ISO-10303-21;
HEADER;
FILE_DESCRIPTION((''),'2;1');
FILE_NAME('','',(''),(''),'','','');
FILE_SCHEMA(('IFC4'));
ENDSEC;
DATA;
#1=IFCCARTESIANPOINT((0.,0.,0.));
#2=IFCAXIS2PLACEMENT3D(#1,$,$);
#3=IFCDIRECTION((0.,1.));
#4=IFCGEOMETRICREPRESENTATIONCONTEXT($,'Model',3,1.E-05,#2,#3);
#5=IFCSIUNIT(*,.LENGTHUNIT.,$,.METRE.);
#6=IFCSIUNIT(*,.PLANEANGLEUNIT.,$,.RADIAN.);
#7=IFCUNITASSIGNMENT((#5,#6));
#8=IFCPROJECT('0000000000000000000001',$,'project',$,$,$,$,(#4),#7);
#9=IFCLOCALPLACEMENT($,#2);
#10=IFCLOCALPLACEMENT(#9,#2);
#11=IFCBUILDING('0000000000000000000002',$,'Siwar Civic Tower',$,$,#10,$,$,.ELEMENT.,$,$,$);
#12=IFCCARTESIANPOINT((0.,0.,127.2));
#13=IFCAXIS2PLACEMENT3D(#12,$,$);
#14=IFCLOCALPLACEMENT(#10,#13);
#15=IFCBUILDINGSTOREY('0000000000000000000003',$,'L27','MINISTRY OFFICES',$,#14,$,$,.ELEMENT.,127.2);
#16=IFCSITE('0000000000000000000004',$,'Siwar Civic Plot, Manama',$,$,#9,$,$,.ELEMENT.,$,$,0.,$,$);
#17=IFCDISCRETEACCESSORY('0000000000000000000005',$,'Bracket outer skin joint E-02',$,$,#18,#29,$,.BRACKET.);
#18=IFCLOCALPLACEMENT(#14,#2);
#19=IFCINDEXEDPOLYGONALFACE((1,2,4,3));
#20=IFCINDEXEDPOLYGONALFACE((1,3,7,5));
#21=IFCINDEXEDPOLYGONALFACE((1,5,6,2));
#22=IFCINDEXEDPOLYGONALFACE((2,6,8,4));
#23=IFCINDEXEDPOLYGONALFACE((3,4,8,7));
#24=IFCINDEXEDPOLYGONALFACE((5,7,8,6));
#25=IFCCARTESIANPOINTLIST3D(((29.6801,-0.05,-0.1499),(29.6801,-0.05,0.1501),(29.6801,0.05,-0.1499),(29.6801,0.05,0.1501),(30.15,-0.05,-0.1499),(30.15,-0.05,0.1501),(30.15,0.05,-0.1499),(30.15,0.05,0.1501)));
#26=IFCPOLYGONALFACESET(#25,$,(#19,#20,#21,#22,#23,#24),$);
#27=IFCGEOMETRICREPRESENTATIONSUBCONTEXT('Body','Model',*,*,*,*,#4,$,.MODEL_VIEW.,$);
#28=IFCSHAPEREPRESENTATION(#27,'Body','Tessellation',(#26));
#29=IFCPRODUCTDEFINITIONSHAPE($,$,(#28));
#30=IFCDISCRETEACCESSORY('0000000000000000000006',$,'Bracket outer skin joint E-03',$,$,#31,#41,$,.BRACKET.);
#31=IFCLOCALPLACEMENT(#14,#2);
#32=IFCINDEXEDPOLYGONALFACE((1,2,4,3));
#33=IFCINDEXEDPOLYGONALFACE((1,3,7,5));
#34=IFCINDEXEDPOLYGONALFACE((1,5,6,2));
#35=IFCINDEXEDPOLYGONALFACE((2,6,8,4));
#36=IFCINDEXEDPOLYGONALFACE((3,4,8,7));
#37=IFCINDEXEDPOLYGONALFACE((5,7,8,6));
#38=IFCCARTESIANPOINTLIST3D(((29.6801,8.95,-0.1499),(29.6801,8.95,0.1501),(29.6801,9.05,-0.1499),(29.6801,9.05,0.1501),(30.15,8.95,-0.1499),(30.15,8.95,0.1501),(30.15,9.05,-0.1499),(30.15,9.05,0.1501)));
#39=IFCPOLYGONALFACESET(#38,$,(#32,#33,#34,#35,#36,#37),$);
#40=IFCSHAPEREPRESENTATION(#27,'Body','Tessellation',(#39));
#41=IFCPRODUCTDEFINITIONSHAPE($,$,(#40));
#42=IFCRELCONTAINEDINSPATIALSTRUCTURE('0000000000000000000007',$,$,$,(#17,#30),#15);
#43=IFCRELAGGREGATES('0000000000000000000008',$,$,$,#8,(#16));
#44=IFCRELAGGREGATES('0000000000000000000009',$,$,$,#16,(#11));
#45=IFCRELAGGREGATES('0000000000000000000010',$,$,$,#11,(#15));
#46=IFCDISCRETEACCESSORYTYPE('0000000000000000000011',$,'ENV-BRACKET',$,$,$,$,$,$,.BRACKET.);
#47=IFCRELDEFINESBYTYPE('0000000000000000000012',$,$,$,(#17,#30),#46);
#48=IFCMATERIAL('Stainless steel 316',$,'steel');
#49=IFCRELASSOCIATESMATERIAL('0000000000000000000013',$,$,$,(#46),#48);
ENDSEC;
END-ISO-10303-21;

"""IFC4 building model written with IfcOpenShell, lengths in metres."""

from ifc_helpers import new_model, si_unit, direction, frame, origin, origin_2d, place, context, subcontext, project, spatial, rectangle, extrude, material, type_object, element, save


model = new_model("IFC4")

# Units and contexts
model_context = context("Model", 3, precision=1e-05, world=origin(), true_north=direction((0.0, 1.0)))
body_context = subcontext(model_context, "Body", "Model", "MODEL_VIEW")
ifc_project = project(units=[si_unit("LENGTHUNIT", "METRE"), si_unit("PLANEANGLEUNIT", "RADIAN")], contexts=[model_context])

# Site, building, storey
site_placement = place(None, origin())
site = spatial("IfcSite", under=ifc_project, at=site_placement, Name="Siwar Civic Plot, Manama", CompositionType="ELEMENT", RefElevation=0.0)
building_placement = place(site_placement, origin())
building = spatial("IfcBuilding", under=site, at=building_placement, Name="Siwar Civic Tower", CompositionType="ELEMENT")
storey_placement = place(building_placement, frame((0.0, 0.0, 127.2)))
storey = spatial("IfcBuildingStorey", under=building, at=storey_placement, Name="L27", Description="MINISTRY OFFICES", CompositionType="ELEMENT", Elevation=127.2)

# Discrete accessories
ifc_material_1 = material(Name="Stainless steel 316", Category="steel")
discrete_accessory_type = type_object("IfcDiscreteAccessoryType", Name="ENV-BRACKET", PredefinedType="BRACKET", material=ifc_material_1)
for number, where, z_axis, x_axis, name in (
    (1, (29.915, 0.0, -0.1499), (0.0, 0.0, 1.0), (1.0, 0.0, 0.0), "Bracket outer skin joint E-02"),
    (2, (29.915, 9.0, -0.1499), (0.0, 0.0, 1.0), (1.0, 0.0, 0.0), "Bracket outer skin joint E-03"),
):
    element("IfcDiscreteAccessory", number, at=place(storey_placement, frame(where, z_axis=z_axis, x_axis=x_axis)), inside=storey, type_object=discrete_accessory_type, Name=name, PredefinedType="BRACKET", context=body_context, shape_type="SweptSolid", body=[
        extrude(rectangle(XDim=0.47, YDim=0.1001, at=origin_2d()), origin(), (0.0, 0.0, 1.0), 0.3),
    ])

save(model, "model.ifc")
